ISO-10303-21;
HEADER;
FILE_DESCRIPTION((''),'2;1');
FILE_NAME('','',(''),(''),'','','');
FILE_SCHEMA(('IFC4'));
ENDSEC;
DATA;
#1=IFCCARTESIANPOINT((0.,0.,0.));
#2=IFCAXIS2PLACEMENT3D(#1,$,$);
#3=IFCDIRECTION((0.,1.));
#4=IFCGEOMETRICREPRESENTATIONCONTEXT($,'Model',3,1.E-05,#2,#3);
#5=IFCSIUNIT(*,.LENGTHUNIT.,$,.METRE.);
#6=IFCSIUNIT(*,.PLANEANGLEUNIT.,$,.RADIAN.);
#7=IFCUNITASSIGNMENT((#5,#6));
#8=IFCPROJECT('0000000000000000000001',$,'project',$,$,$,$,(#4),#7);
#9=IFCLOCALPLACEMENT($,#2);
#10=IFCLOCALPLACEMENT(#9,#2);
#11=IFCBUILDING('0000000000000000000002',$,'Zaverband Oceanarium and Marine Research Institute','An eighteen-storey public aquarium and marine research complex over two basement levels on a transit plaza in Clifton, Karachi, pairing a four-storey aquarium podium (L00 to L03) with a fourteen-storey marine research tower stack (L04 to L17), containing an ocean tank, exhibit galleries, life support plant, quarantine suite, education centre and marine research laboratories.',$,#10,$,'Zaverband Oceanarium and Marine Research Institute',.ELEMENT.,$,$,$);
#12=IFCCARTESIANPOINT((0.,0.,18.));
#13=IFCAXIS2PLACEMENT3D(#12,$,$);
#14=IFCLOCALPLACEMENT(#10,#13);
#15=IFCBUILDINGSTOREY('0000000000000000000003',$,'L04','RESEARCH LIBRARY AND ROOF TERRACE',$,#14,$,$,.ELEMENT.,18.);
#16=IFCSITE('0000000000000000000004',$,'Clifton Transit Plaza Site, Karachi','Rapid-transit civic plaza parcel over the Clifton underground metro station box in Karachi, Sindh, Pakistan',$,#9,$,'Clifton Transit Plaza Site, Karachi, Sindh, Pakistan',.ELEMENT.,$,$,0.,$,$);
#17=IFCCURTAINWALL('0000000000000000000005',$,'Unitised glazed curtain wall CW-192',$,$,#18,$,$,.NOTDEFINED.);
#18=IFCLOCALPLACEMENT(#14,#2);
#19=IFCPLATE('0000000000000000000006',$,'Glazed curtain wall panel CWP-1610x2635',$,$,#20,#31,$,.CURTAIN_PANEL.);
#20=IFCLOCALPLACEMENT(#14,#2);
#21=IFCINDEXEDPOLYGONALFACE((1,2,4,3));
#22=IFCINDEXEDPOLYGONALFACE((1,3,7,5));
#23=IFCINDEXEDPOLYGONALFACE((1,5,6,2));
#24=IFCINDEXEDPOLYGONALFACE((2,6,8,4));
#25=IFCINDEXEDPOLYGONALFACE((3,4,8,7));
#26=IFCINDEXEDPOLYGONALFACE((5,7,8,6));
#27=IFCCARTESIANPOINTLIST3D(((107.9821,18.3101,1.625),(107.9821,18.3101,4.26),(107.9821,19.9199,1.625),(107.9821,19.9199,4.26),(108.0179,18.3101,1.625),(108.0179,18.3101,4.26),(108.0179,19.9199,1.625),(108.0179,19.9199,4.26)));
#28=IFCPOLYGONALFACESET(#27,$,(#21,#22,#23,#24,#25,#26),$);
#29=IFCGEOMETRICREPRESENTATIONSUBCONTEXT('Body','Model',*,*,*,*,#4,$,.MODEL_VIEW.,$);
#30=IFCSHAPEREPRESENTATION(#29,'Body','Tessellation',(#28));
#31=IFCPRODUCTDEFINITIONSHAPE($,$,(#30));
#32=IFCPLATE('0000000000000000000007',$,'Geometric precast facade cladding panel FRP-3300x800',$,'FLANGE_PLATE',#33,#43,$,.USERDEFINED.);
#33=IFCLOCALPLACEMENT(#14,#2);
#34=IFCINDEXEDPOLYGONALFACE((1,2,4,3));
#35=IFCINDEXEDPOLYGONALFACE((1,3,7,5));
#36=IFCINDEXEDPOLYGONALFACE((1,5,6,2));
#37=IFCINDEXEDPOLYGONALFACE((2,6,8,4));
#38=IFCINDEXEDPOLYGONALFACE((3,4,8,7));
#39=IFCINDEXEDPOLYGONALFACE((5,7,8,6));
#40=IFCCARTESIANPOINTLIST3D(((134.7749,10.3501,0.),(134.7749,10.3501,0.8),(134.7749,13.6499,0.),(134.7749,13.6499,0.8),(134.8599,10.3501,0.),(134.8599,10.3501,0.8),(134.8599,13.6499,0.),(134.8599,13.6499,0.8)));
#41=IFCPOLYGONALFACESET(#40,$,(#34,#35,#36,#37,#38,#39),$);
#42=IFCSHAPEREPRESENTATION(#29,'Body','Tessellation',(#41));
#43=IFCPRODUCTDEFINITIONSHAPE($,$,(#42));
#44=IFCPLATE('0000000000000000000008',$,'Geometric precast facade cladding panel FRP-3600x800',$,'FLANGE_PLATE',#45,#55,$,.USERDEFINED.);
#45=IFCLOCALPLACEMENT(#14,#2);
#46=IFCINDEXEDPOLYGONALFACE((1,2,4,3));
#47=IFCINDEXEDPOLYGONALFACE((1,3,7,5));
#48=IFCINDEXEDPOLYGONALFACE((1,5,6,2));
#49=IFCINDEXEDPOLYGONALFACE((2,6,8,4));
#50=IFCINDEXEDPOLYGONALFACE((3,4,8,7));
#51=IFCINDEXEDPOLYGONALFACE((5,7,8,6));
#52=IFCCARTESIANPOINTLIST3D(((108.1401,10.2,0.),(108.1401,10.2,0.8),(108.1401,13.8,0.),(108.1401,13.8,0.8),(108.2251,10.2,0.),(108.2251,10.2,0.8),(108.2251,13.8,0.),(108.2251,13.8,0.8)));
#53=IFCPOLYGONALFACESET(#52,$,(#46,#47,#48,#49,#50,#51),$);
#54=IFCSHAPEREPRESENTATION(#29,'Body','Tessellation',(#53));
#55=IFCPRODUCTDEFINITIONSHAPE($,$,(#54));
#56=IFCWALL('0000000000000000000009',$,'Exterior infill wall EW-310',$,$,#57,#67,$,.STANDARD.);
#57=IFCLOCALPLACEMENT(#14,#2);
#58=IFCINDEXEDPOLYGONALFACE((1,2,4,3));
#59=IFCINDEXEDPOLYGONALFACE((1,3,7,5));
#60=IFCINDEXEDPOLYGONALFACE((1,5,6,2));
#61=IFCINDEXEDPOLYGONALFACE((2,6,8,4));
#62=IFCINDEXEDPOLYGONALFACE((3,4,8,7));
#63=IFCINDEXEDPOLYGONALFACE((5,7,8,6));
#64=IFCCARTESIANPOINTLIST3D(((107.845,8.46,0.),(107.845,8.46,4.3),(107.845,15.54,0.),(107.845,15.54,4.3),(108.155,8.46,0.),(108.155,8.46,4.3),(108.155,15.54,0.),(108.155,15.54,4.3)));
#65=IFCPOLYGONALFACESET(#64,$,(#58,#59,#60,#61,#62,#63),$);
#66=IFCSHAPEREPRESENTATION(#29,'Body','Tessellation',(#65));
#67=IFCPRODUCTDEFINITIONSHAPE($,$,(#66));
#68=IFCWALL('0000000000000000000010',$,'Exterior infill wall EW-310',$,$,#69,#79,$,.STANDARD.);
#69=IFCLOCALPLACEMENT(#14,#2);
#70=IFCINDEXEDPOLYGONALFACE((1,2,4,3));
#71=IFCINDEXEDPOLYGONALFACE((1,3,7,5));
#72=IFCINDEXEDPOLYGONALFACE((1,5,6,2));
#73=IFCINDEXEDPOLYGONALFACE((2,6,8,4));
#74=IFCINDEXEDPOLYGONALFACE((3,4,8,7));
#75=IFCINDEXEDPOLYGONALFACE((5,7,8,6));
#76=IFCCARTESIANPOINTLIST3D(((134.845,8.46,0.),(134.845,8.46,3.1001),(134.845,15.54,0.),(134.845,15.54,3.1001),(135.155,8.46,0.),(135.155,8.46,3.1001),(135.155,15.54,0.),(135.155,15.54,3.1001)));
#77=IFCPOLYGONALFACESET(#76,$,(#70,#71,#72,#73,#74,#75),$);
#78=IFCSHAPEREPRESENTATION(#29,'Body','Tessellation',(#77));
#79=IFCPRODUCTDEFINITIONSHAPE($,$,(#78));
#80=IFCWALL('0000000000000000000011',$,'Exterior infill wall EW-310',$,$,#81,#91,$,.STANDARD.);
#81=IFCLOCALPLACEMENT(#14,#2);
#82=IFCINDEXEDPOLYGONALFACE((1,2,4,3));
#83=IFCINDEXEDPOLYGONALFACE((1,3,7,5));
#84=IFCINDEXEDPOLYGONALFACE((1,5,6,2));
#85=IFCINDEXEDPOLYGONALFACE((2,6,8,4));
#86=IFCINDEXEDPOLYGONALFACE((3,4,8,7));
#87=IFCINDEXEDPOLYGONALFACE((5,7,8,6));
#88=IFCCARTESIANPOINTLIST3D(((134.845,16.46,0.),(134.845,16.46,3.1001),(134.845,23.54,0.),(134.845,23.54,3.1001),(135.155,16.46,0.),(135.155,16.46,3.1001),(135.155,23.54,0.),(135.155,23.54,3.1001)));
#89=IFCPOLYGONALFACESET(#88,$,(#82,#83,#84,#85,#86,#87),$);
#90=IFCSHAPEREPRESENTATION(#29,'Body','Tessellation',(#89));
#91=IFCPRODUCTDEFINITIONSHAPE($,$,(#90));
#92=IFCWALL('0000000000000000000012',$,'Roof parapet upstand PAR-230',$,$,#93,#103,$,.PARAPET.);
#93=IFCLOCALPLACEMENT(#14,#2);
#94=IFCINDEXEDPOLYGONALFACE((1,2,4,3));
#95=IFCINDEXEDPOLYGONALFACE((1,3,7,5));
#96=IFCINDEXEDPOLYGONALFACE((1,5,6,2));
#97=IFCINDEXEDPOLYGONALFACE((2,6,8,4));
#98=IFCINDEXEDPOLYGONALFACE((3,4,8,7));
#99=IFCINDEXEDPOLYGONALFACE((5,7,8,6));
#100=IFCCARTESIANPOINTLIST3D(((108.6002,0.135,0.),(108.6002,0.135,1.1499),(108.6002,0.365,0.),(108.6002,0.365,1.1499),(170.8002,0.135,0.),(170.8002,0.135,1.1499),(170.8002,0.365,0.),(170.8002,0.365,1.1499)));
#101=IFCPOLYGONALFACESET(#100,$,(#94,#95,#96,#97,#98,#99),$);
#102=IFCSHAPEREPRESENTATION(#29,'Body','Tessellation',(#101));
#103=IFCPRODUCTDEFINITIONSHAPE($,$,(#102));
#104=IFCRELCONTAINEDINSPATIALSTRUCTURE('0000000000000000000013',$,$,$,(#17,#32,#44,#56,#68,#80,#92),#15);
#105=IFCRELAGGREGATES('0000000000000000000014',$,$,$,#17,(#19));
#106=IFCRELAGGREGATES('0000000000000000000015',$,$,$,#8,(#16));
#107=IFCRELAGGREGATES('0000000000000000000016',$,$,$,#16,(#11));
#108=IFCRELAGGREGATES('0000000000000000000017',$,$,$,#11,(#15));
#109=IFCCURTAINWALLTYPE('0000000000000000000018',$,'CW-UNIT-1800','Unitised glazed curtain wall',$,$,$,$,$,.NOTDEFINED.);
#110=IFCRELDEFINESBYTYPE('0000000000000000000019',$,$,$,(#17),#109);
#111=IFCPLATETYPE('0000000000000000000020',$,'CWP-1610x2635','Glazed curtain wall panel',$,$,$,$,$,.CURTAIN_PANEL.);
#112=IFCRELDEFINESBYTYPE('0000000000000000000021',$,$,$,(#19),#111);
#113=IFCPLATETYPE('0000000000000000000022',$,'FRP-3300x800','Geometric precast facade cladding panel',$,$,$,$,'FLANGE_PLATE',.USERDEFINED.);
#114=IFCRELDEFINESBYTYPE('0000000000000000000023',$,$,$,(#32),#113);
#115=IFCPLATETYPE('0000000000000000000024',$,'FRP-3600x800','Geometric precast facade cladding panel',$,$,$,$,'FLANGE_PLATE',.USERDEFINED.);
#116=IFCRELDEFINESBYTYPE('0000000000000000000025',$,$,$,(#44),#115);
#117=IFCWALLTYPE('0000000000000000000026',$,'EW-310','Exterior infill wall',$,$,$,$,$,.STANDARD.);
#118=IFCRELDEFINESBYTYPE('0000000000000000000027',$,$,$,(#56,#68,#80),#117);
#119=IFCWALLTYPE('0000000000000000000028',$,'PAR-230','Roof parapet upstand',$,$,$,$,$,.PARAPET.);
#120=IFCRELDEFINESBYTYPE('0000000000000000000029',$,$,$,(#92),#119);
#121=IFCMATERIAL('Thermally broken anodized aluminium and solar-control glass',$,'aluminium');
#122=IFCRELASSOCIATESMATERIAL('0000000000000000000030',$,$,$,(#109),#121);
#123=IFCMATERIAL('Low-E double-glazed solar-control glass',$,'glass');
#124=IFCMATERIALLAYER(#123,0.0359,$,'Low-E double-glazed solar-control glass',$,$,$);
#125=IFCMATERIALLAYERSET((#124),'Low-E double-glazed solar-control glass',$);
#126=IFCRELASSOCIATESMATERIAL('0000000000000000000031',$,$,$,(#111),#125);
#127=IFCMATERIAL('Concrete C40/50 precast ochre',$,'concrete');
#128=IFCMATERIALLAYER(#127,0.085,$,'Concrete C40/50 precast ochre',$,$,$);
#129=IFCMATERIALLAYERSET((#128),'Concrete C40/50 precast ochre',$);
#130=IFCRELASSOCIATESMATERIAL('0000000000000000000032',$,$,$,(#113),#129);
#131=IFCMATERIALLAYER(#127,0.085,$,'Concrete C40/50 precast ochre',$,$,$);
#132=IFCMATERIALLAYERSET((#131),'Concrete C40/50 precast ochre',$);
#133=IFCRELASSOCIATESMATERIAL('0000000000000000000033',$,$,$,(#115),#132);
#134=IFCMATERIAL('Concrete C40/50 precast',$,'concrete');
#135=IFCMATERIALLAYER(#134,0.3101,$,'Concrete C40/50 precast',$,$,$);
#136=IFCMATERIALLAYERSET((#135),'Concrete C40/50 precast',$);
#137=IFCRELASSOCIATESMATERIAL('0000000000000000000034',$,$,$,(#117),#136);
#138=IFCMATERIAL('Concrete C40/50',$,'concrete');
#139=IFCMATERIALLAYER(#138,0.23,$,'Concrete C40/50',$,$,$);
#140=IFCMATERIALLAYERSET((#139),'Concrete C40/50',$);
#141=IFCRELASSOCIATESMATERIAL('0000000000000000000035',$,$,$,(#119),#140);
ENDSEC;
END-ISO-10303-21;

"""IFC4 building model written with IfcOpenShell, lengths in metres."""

from ifc_helpers import new_model, si_unit, direction, frame, frame_2d, origin, place, context, subcontext, project, spatial, rectangle, extrude, material, layer, layer_set, type_object, element, aggregate, save


model = new_model("IFC4")

# Units and contexts
model_context = context("Model", 3, precision=1e-05, world=origin(), true_north=direction((0.0, 1.0)))
body_context = subcontext(model_context, "Body", "Model", "MODEL_VIEW")
ifc_project = project(units=[si_unit("LENGTHUNIT", "METRE"), si_unit("PLANEANGLEUNIT", "RADIAN")], contexts=[model_context])

# Site, building, storey
site_placement = place(None, origin())
site = spatial("IfcSite", under=ifc_project, at=site_placement, Name="Clifton Transit Plaza Site, Karachi", Description="Rapid-transit civic plaza parcel over the Clifton underground metro station box in Karachi, Sindh, Pakistan", LongName="Clifton Transit Plaza Site, Karachi, Sindh, Pakistan", CompositionType="ELEMENT", RefElevation=0.0)
building_placement = place(site_placement, origin())
building = spatial("IfcBuilding", under=site, at=building_placement, Name="Zaverband Oceanarium and Marine Research Institute", Description="An eighteen-storey public aquarium and marine research complex over two basement levels on a transit plaza in Clifton, Karachi, pairing a four-storey aquarium podium (L00 to L03) with a fourteen-storey marine research tower stack (L04 to L17), containing an ocean tank, exhibit galleries, life support plant, quarantine suite, education centre and marine research laboratories.", LongName="Zaverband Oceanarium and Marine Research Institute", CompositionType="ELEMENT")
storey_placement = place(building_placement, frame((0.0, 0.0, 18.0)))
storey = spatial("IfcBuildingStorey", under=building, at=storey_placement, Name="L04", Description="RESEARCH LIBRARY AND ROOF TERRACE", CompositionType="ELEMENT", Elevation=18.0)

# Curtain wall
ifc_material_1 = material(Name="Thermally broken anodized aluminium and solar-control glass", Category="aluminium")
curtain_wall_type = type_object("IfcCurtainWallType", Name="CW-UNIT-1800", Description="Unitised glazed curtain wall", PredefinedType="NOTDEFINED", material=ifc_material_1)
curtain_wall_1_placement = place(storey_placement, origin())
curtain_wall_1 = element("IfcCurtainWall", 1, at=curtain_wall_1_placement, inside=storey, type_object=curtain_wall_type, Name="Unitised glazed curtain wall CW-192", PredefinedType="NOTDEFINED")

# Plate
ifc_material_2 = material(Name="Low-E double-glazed solar-control glass", Category="glass")
ifc_layer_1 = layer(ifc_material_2, 0.0359, Name="Low-E double-glazed solar-control glass")
ifc_layer_set_1 = layer_set([ifc_layer_1], Name="Low-E double-glazed solar-control glass")
plate_type_1 = type_object("IfcPlateType", Name="CWP-1610x2635", Description="Glazed curtain wall panel", PredefinedType="CURTAIN_PANEL", material=ifc_layer_set_1)
plate_1_placement = place(storey_placement, frame((108.0, 18.3101, 1.625), z_axis=(0.0, 0.0, 1.0), x_axis=(0.0, 1.0, 0.0)))
plate_1 = element("IfcPlate", 2, at=plate_1_placement, type_object=plate_type_1, Name="Glazed curtain wall panel CWP-1610x2635", PredefinedType="CURTAIN_PANEL", context=body_context, shape_type="SweptSolid", body=[
    extrude(rectangle(XDim=1.6099, YDim=0.0359, at=frame_2d((0.8049, 0.0))), origin(), (0.0, 0.0, 1.0), 2.635),
])
aggregate(curtain_wall_1, [plate_1])

# Plates
ifc_material_3 = material(Name="Concrete C40/50 precast ochre", Category="concrete")
ifc_layer_2 = layer(ifc_material_3, 0.085, Name="Concrete C40/50 precast ochre")
ifc_layer_set_2 = layer_set([ifc_layer_2], Name="Concrete C40/50 precast ochre")
plate_type_2 = type_object("IfcPlateType", Name="FRP-3300x800", Description="Geometric precast facade cladding panel", ElementType="FLANGE_PLATE", PredefinedType="USERDEFINED", material=ifc_layer_set_2)
plate_2_placement = place(storey_placement, frame((134.8174, 10.3501, 0.0), z_axis=(0.0, 0.0, 1.0), x_axis=(0.0, 1.0, 0.0)))
element("IfcPlate", 3, at=plate_2_placement, inside=storey, type_object=plate_type_2, Name="Geometric precast facade cladding panel FRP-3300x800", ObjectType="FLANGE_PLATE", PredefinedType="USERDEFINED", context=body_context, shape_type="SweptSolid", body=[
    extrude(rectangle(XDim=3.2998, YDim=0.085, at=frame_2d((1.6499, 0.0))), origin(), (0.0, 0.0, 1.0), 0.8),
])
ifc_layer_3 = layer(ifc_material_3, 0.085, Name="Concrete C40/50 precast ochre")
ifc_layer_set_3 = layer_set([ifc_layer_3], Name="Concrete C40/50 precast ochre")
plate_type_3 = type_object("IfcPlateType", Name="FRP-3600x800", Description="Geometric precast facade cladding panel", ElementType="FLANGE_PLATE", PredefinedType="USERDEFINED", material=ifc_layer_set_3)
plate_3_placement = place(storey_placement, frame((108.1826, 10.2, 0.0), z_axis=(0.0, 0.0, 1.0), x_axis=(0.0, 1.0, 0.0)))
element("IfcPlate", 4, at=plate_3_placement, inside=storey, type_object=plate_type_3, Name="Geometric precast facade cladding panel FRP-3600x800", ObjectType="FLANGE_PLATE", PredefinedType="USERDEFINED", context=body_context, shape_type="SweptSolid", body=[
    extrude(rectangle(XDim=3.6001, YDim=0.085, at=frame_2d((1.8, 0.0))), origin(), (0.0, 0.0, 1.0), 0.8),
])

# Walls
ifc_material_4 = material(Name="Concrete C40/50 precast", Category="concrete")
ifc_layer_4 = layer(ifc_material_4, 0.3101, Name="Concrete C40/50 precast")
ifc_layer_set_4 = layer_set([ifc_layer_4], Name="Concrete C40/50 precast")
wall_type_1 = type_object("IfcWallType", Name="EW-310", Description="Exterior infill wall", PredefinedType="STANDARD", material=ifc_layer_set_4)
wall_1_placement = place(storey_placement, frame((108.0, 8.46, 0.0), z_axis=(0.0, 0.0, 1.0), x_axis=(0.0, 1.0, 0.0)))
element("IfcWall", 5, at=wall_1_placement, inside=storey, type_object=wall_type_1, Name="Exterior infill wall EW-310", PredefinedType="STANDARD", context=body_context, shape_type="SweptSolid", body=[
    extrude(rectangle(XDim=7.0801, YDim=0.3101, at=frame_2d((3.54, 0.0))), origin(), (0.0, 0.0, 1.0), 4.3),
])
for number, where, z_axis, x_axis, name in (
    (6, (135.0, 8.46, 0.0), (0.0, 0.0, 1.0), (0.0, 1.0, 0.0), "Exterior infill wall EW-310"),
    (7, (135.0, 16.46, 0.0), (0.0, 0.0, 1.0), (0.0, 1.0, 0.0), "Exterior infill wall EW-310"),
):
    element("IfcWall", number, at=place(storey_placement, frame(where, z_axis=z_axis, x_axis=x_axis)), inside=storey, type_object=wall_type_1, Name=name, PredefinedType="STANDARD", context=body_context, shape_type="SweptSolid", body=[
        extrude(rectangle(XDim=7.0801, YDim=0.3101, at=frame_2d((3.54, 0.0))), origin(), (0.0, 0.0, 1.0), 3.1001),
    ])
ifc_material_5 = material(Name="Concrete C40/50", Category="concrete")
ifc_layer_5 = layer(ifc_material_5, 0.23, Name="Concrete C40/50")
ifc_layer_set_5 = layer_set([ifc_layer_5], Name="Concrete C40/50")
wall_type_2 = type_object("IfcWallType", Name="PAR-230", Description="Roof parapet upstand", PredefinedType="PARAPET", material=ifc_layer_set_5)
wall_2_placement = place(storey_placement, frame((108.6001, 0.25, 0.0), z_axis=(0.0, 0.0, 1.0), x_axis=(1.0, 0.0, 0.0)))
element("IfcWall", 8, at=wall_2_placement, inside=storey, type_object=wall_type_2, Name="Roof parapet upstand PAR-230", PredefinedType="PARAPET", context=body_context, shape_type="SweptSolid", body=[
    extrude(rectangle(XDim=62.2, YDim=0.23, at=frame_2d((31.1001, 0.0))), origin(), (0.0, 0.0, 1.0), 1.1499),
])

save(model, "model.ifc")
